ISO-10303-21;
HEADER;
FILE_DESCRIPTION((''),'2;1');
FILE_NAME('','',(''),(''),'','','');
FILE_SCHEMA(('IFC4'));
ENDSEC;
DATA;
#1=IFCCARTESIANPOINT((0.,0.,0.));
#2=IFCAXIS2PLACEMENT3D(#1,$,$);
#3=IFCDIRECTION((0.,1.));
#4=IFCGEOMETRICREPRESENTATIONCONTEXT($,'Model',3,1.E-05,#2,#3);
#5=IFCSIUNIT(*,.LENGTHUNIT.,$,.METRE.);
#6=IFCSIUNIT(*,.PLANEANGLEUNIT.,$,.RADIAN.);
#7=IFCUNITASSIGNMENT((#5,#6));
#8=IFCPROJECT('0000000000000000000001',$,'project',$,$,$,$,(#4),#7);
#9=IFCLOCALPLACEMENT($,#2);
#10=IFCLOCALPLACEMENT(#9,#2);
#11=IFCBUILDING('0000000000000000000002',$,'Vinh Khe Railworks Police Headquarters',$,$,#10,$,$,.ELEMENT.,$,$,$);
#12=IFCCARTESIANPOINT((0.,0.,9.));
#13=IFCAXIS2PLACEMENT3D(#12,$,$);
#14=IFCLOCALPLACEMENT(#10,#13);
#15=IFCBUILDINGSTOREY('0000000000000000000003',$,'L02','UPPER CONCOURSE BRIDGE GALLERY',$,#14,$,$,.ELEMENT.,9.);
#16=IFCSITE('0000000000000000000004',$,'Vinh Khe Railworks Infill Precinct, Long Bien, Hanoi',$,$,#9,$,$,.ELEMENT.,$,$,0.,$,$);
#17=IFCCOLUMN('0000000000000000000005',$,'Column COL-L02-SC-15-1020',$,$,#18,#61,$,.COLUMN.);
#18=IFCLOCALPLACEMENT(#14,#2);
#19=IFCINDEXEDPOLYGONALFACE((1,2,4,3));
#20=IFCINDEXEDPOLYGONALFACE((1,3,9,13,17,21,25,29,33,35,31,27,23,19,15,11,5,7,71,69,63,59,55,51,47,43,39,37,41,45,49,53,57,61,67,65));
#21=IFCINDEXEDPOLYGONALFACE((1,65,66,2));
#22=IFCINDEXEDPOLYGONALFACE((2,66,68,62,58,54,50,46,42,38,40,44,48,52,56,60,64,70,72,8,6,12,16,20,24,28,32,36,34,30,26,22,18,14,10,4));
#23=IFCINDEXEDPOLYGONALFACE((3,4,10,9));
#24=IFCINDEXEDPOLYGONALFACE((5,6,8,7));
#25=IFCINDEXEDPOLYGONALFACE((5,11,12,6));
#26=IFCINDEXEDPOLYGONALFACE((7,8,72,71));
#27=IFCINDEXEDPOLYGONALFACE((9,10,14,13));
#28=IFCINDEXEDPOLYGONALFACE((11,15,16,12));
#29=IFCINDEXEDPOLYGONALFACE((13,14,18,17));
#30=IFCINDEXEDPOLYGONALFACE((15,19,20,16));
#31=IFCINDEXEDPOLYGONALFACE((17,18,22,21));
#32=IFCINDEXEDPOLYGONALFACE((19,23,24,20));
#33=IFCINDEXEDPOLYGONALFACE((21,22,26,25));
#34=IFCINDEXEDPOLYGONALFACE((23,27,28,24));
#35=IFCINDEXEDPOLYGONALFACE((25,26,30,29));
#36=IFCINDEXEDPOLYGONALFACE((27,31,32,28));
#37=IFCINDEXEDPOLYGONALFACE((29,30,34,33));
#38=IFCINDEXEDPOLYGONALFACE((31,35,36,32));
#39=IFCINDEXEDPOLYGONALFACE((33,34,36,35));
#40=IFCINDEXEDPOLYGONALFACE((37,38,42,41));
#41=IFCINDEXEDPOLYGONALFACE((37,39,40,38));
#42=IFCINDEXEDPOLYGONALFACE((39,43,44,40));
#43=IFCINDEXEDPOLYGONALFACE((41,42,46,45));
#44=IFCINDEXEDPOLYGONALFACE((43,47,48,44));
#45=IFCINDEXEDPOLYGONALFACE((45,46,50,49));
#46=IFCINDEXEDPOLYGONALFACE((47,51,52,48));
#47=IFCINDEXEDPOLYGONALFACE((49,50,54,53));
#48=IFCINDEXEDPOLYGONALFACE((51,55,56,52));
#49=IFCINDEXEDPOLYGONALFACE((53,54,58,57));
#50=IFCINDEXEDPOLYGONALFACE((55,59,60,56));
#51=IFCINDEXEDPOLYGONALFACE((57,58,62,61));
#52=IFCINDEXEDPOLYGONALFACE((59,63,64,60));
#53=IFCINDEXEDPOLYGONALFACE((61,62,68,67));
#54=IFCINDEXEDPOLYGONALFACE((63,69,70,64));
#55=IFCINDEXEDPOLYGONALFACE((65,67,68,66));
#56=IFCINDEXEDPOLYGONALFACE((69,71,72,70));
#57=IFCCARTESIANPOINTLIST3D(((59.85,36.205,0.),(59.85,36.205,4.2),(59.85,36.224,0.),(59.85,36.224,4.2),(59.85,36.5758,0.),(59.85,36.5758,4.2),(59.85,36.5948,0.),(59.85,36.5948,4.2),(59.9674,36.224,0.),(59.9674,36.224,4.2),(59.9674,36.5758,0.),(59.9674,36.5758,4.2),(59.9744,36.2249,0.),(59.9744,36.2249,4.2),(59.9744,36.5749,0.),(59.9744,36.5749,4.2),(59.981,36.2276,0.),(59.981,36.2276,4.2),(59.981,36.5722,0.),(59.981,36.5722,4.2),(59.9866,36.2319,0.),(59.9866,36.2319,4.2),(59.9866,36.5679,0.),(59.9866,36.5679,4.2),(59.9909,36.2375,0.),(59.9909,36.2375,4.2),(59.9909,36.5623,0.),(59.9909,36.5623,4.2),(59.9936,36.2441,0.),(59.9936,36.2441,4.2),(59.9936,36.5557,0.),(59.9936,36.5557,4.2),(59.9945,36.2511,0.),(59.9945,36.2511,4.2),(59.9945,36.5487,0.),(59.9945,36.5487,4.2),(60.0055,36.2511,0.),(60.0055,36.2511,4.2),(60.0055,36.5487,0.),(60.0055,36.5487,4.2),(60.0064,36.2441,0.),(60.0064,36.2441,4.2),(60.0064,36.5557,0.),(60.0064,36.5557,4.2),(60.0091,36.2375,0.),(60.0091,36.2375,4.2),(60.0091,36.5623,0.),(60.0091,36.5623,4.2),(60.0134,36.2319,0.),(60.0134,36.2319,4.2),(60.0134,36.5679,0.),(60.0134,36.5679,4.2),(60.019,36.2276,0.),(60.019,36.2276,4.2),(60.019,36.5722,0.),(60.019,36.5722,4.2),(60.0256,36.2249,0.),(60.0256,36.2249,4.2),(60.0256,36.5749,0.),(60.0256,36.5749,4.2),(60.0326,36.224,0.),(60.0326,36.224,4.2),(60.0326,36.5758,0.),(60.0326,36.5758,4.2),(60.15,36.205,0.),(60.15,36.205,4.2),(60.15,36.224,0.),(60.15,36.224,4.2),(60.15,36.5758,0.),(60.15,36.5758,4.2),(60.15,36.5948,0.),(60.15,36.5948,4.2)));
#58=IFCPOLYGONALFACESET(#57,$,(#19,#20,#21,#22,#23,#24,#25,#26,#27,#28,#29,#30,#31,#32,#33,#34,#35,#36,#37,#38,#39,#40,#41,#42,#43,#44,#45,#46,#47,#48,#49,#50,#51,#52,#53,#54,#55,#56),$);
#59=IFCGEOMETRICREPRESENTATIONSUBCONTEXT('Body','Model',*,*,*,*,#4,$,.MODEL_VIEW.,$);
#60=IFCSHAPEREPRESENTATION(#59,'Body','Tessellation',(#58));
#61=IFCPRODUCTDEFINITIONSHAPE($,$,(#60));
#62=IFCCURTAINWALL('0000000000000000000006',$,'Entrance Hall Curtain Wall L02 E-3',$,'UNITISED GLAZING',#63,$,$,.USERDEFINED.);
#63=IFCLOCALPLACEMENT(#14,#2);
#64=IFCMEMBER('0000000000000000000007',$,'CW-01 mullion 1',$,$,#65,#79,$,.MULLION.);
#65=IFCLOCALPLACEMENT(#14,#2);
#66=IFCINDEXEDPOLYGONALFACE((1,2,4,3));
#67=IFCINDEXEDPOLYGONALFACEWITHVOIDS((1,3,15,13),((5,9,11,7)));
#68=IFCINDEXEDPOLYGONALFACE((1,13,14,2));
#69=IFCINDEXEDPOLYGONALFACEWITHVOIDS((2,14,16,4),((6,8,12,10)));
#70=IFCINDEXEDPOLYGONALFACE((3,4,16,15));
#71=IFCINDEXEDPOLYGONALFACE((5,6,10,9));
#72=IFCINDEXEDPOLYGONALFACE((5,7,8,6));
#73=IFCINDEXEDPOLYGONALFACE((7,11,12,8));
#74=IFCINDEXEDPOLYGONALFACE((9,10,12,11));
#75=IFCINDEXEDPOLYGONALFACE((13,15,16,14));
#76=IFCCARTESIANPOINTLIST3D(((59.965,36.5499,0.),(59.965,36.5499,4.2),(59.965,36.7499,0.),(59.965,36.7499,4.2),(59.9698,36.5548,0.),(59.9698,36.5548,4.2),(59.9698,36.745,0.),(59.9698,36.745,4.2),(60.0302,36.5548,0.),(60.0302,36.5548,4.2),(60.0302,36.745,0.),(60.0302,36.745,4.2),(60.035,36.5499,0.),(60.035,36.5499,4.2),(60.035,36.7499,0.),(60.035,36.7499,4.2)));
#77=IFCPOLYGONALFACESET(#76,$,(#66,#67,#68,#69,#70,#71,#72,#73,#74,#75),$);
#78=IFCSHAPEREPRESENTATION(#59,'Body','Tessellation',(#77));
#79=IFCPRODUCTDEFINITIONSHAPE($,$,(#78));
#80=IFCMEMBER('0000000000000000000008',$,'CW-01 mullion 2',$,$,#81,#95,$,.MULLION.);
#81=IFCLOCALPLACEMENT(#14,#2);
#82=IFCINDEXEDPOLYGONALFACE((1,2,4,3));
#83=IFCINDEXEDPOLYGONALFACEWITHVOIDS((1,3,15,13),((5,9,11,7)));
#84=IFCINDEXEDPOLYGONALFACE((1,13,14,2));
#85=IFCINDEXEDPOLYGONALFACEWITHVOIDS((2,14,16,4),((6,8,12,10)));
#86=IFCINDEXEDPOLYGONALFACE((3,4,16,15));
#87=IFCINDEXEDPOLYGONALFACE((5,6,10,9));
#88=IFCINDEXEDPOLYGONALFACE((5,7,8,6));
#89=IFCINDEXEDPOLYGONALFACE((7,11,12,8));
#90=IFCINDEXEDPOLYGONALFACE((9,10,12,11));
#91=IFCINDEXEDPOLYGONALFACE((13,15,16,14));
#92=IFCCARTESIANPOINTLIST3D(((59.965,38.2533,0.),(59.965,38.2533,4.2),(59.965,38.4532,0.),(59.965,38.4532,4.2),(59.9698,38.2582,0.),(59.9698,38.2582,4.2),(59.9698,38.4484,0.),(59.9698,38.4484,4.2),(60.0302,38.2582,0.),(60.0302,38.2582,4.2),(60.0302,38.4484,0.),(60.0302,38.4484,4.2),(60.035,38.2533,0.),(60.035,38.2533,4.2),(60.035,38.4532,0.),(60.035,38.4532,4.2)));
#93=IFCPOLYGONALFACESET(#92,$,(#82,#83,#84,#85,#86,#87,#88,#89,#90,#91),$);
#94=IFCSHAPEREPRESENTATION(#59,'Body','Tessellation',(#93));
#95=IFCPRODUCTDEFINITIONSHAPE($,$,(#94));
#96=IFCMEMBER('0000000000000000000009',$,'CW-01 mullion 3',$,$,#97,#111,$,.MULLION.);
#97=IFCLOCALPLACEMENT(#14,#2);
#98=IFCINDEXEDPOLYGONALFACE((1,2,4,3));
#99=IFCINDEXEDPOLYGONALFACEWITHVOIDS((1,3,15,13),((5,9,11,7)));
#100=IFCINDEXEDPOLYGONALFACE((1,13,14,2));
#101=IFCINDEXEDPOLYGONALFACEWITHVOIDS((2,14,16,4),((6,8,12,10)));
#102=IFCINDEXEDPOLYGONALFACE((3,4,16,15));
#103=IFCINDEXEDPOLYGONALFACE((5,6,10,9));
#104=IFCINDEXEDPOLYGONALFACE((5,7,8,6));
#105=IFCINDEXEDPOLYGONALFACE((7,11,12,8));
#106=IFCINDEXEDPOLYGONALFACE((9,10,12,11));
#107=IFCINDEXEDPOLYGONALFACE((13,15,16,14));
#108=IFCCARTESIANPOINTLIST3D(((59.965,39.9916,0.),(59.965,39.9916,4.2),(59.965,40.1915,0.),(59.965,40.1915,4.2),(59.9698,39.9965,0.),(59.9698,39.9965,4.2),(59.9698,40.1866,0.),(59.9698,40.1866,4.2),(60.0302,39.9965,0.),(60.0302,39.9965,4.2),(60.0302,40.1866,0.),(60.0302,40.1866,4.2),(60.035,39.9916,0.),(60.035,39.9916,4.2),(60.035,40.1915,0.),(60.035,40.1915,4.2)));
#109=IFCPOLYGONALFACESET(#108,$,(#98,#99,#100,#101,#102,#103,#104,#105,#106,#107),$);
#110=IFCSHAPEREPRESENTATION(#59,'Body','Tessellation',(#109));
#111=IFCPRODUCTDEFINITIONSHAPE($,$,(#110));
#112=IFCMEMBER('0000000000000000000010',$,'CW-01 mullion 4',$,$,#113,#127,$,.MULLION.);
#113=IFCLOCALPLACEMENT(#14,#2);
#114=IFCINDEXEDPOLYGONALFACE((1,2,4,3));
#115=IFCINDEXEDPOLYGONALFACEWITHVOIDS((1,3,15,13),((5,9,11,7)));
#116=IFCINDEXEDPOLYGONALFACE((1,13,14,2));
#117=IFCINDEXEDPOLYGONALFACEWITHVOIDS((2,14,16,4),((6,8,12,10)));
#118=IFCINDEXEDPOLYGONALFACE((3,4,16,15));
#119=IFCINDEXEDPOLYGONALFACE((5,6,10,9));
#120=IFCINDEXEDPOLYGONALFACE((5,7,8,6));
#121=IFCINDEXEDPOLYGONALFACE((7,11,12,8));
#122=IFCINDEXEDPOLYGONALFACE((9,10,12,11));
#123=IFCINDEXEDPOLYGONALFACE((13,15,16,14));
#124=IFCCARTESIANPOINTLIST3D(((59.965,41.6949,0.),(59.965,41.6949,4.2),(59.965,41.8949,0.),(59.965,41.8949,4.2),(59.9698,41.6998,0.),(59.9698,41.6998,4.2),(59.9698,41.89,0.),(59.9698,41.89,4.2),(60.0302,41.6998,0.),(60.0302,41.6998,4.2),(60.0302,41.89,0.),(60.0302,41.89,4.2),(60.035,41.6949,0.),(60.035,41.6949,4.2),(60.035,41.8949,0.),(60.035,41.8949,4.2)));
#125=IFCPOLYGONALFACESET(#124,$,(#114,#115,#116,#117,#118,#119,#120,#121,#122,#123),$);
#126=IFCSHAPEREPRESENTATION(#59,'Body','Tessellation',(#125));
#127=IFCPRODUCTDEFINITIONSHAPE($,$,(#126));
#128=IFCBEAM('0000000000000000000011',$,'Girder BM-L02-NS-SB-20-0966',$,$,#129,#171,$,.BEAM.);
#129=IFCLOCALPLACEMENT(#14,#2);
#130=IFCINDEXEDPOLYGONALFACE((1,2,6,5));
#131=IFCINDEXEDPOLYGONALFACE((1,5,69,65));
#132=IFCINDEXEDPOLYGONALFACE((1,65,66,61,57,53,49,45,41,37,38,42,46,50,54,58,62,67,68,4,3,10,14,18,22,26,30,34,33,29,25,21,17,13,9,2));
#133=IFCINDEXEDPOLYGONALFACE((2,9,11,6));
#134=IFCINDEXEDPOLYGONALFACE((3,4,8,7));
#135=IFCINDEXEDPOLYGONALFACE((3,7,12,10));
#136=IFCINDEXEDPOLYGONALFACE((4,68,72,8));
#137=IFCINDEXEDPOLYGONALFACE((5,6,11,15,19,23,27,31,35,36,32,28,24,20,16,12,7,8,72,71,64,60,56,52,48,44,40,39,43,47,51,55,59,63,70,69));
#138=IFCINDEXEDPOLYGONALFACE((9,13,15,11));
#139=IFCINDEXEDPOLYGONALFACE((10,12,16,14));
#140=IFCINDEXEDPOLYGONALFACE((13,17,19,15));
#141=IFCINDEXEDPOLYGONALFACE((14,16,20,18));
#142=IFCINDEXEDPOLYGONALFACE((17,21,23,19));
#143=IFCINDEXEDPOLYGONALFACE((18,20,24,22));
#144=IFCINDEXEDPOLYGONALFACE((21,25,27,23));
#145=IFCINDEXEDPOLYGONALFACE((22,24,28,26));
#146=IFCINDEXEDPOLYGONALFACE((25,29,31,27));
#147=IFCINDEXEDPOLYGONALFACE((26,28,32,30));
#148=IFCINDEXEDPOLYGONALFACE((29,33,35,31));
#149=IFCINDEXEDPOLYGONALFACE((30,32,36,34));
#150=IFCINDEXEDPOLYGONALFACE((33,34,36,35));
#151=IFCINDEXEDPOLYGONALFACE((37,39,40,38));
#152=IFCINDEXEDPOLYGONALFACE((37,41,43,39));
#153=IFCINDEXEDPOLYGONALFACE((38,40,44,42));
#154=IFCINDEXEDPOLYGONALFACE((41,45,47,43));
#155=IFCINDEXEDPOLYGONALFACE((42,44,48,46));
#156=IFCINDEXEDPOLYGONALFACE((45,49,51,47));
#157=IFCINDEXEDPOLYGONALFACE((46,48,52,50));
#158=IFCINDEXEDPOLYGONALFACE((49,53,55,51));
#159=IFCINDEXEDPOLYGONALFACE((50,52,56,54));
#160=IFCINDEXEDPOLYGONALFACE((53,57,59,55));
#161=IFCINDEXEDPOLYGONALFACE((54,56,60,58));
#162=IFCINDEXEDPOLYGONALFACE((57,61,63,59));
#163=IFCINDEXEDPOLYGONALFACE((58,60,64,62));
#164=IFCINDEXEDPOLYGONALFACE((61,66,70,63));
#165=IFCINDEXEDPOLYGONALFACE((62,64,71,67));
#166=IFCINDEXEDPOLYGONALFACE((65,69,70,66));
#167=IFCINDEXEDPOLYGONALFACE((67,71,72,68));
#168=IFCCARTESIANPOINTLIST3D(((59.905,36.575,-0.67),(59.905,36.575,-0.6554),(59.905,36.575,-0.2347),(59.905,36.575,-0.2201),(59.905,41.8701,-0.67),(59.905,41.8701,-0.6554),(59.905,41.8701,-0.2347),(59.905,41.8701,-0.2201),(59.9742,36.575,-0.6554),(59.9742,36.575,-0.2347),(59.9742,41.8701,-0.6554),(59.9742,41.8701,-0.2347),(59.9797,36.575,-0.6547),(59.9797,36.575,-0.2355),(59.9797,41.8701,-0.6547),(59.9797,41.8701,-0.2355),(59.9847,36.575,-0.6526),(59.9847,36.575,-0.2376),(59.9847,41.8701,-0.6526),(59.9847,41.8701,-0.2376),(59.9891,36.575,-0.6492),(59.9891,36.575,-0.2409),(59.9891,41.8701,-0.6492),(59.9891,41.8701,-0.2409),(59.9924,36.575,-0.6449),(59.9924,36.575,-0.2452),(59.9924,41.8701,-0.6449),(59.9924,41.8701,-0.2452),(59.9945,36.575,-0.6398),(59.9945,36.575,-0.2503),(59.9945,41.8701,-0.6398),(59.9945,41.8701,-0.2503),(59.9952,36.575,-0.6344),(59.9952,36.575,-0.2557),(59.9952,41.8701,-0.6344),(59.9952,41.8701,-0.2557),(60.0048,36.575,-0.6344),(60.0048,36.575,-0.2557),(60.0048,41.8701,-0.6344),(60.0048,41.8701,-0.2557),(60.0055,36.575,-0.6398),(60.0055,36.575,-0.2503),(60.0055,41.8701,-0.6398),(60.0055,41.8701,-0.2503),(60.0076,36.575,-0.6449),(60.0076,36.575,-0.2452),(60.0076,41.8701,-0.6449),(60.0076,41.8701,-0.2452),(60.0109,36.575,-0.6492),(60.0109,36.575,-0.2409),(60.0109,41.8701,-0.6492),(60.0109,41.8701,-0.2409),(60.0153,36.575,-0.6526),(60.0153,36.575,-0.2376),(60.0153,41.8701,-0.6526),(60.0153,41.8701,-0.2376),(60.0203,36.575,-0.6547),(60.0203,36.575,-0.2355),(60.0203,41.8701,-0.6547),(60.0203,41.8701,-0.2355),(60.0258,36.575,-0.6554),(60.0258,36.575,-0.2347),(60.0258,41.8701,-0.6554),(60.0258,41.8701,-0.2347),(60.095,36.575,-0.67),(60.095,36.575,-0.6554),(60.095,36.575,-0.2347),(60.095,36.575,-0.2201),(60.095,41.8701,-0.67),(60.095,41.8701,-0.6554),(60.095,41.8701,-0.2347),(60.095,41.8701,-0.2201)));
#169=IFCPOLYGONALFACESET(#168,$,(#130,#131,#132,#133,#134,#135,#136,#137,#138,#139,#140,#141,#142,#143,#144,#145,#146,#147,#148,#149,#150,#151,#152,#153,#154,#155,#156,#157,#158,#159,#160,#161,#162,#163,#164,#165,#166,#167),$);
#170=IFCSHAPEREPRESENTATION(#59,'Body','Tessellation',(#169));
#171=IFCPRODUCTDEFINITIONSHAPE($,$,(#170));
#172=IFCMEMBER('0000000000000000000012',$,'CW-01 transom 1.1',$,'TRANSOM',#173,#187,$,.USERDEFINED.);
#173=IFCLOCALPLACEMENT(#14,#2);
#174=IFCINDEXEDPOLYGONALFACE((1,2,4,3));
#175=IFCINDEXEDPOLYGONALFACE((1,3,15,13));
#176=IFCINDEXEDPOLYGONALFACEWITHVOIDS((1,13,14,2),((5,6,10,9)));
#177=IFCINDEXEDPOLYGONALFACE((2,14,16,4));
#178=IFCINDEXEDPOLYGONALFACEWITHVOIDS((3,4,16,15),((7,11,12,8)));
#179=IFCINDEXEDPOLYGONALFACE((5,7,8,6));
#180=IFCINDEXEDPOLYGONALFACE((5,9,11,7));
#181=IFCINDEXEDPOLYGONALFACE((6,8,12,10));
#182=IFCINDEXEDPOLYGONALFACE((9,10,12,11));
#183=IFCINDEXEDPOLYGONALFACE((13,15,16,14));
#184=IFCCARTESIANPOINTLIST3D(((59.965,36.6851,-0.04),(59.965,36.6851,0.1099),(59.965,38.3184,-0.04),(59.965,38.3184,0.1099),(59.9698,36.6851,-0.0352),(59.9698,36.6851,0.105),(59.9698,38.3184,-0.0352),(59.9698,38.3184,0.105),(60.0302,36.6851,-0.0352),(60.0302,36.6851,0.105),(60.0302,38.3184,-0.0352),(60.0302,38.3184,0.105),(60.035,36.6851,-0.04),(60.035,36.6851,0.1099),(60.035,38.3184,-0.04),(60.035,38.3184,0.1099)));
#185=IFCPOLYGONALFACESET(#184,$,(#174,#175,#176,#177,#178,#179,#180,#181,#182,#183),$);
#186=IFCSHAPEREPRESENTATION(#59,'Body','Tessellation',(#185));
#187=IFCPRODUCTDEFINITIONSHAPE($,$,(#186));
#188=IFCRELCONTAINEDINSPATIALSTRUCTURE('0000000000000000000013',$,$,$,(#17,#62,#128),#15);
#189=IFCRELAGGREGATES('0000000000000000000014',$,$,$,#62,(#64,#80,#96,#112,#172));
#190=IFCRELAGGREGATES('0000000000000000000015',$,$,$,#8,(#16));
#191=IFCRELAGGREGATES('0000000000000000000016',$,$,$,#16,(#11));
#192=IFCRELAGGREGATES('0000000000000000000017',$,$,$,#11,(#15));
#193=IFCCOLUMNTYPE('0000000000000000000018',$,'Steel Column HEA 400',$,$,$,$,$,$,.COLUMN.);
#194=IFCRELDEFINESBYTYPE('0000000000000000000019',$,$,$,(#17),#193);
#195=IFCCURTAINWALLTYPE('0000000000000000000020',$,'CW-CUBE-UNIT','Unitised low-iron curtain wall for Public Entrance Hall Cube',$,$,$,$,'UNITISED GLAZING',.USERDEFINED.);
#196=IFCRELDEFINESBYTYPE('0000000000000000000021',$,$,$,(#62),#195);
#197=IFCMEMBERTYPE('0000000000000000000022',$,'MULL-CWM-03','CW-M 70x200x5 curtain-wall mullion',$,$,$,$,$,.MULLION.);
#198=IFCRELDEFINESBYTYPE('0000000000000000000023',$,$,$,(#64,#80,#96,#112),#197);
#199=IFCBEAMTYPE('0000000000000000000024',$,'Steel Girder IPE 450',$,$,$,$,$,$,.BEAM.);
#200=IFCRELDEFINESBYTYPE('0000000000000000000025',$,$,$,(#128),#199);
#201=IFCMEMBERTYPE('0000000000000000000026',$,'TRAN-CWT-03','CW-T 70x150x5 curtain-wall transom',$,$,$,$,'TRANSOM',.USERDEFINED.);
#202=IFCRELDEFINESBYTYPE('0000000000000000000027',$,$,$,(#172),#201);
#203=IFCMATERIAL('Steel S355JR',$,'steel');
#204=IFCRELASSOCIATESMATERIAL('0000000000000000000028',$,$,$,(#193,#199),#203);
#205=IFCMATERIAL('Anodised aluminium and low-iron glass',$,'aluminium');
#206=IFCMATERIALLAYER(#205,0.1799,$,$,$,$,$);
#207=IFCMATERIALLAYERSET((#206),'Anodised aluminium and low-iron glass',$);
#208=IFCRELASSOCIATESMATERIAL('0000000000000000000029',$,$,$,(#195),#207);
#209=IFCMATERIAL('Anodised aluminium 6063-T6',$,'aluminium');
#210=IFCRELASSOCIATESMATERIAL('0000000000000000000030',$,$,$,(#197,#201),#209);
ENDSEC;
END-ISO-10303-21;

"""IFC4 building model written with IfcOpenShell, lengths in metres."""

from ifc_helpers import new_model, si_unit, direction, frame, origin, origin_2d, place, context, subcontext, project, spatial, hollow_rectangle, i_section, extrude, material, layer, layer_set, material_profile, profile_set, type_object, element, aggregate, save


model = new_model("IFC4")

# Units and contexts
model_context = context("Model", 3, precision=1e-05, world=origin(), true_north=direction((0.0, 1.0)))
body_context = subcontext(model_context, "Body", "Model", "MODEL_VIEW")
ifc_project = project(units=[si_unit("LENGTHUNIT", "METRE"), si_unit("PLANEANGLEUNIT", "RADIAN")], contexts=[model_context])

# Site, building, storey
site_placement = place(None, origin())
site = spatial("IfcSite", under=ifc_project, at=site_placement, Name="Vinh Khe Railworks Infill Precinct, Long Bien, Hanoi", CompositionType="ELEMENT", RefElevation=0.0)
building_placement = place(site_placement, origin())
building = spatial("IfcBuilding", under=site, at=building_placement, Name="Vinh Khe Railworks Police Headquarters", CompositionType="ELEMENT")
storey_placement = place(building_placement, frame((0.0, 0.0, 9.0)))
storey = spatial("IfcBuildingStorey", under=building, at=storey_placement, Name="L02", Description="UPPER CONCOURSE BRIDGE GALLERY", CompositionType="ELEMENT", Elevation=9.0)

# Column
ifc_material_1 = material(Name="Steel S355JR", Category="steel")
ifc_material_profile_1 = material_profile(ifc_material_1, i_section(OverallWidth=0.3, OverallDepth=0.3899, WebThickness=0.011, FlangeThickness=0.019, FilletRadius=0.0271, at=origin_2d()), Name="HEA 400")
ifc_profile_set_1 = profile_set([ifc_material_profile_1], Name="Steel S355JR")
column_type = type_object("IfcColumnType", Name="Steel Column HEA 400", PredefinedType="COLUMN", material=ifc_profile_set_1)
column_placement = place(storey_placement, frame((60.0, 36.3999, 0.0), z_axis=(0.0, 0.0, 1.0), x_axis=(1.0, 0.0, 0.0)))
element("IfcColumn", 1, at=column_placement, inside=storey, type_object=column_type, Name="Column COL-L02-SC-15-1020", PredefinedType="COLUMN", context=body_context, shape_type="SweptSolid", body=[
    extrude(i_section(OverallWidth=0.3, OverallDepth=0.3899, WebThickness=0.011, FlangeThickness=0.019, FilletRadius=0.0271, at=origin_2d()), origin(), (0.0, 0.0, 1.0), 4.2),
])

# Curtain wall, members
ifc_material_2 = material(Name="Anodised aluminium and low-iron glass", Category="aluminium")
ifc_layer_1 = layer(ifc_material_2, 0.1799)
ifc_layer_set_1 = layer_set([ifc_layer_1], Name="Anodised aluminium and low-iron glass")
curtain_wall_type = type_object("IfcCurtainWallType", Name="CW-CUBE-UNIT", Description="Unitised low-iron curtain wall for Public Entrance Hall Cube", ElementType="UNITISED GLAZING", PredefinedType="USERDEFINED", material=ifc_layer_set_1)
curtain_wall_placement = place(storey_placement, origin())
curtain_wall = element("IfcCurtainWall", 2, at=curtain_wall_placement, inside=storey, type_object=curtain_wall_type, Name="Entrance Hall Curtain Wall L02 E-3", ObjectType="UNITISED GLAZING", PredefinedType="USERDEFINED")
ifc_material_3 = material(Name="Anodised aluminium 6063-T6", Category="aluminium")
ifc_material_profile_2 = material_profile(ifc_material_3, hollow_rectangle(XDim=0.0701, YDim=0.2, WallThickness=0.0049, at=origin_2d()), Name="CW-M 70x200x5")
ifc_profile_set_2 = profile_set([ifc_material_profile_2], Name="Anodised aluminium 6063-T6")
member_type_1 = type_object("IfcMemberType", Name="MULL-CWM-03", Description="CW-M 70x200x5 curtain-wall mullion", PredefinedType="MULLION", material=ifc_profile_set_2)
member_1_placement = place(storey_placement, frame((60.0, 36.6499, 0.0), z_axis=(0.0, 0.0, 1.0), x_axis=(-1.0, 0.0, 0.0)))
member_1 = element("IfcMember", 3, at=member_1_placement, type_object=member_type_1, Name="CW-01 mullion 1", PredefinedType="MULLION", context=body_context, shape_type="SweptSolid", body=[
    extrude(hollow_rectangle(XDim=0.0701, YDim=0.2, WallThickness=0.0049, at=origin_2d()), origin(), (0.0, 0.0, 1.0), 4.2),
])
member_2_placement = place(storey_placement, frame((60.0, 38.3533, 0.0), z_axis=(0.0, 0.0, 1.0), x_axis=(-1.0, 0.0, 0.0)))
member_2 = element("IfcMember", 4, at=member_2_placement, type_object=member_type_1, Name="CW-01 mullion 2", PredefinedType="MULLION", context=body_context, shape_type="SweptSolid", body=[
    extrude(hollow_rectangle(XDim=0.0701, YDim=0.2, WallThickness=0.0049, at=origin_2d()), origin(), (0.0, 0.0, 1.0), 4.2),
])
member_3_placement = place(storey_placement, frame((60.0, 40.0916, 0.0), z_axis=(0.0, 0.0, 1.0), x_axis=(-1.0, 0.0, 0.0)))
member_3 = element("IfcMember", 5, at=member_3_placement, type_object=member_type_1, Name="CW-01 mullion 3", PredefinedType="MULLION", context=body_context, shape_type="SweptSolid", body=[
    extrude(hollow_rectangle(XDim=0.0701, YDim=0.2, WallThickness=0.0049, at=origin_2d()), origin(), (0.0, 0.0, 1.0), 4.2),
])
member_4_placement = place(storey_placement, frame((60.0, 41.7949, 0.0), z_axis=(0.0, 0.0, 1.0), x_axis=(-1.0, 0.0, 0.0)))
member_4 = element("IfcMember", 6, at=member_4_placement, type_object=member_type_1, Name="CW-01 mullion 4", PredefinedType="MULLION", context=body_context, shape_type="SweptSolid", body=[
    extrude(hollow_rectangle(XDim=0.0701, YDim=0.2, WallThickness=0.0049, at=origin_2d()), origin(), (0.0, 0.0, 1.0), 4.2),
])

# Beam
ifc_material_profile_3 = material_profile(ifc_material_1, i_section(OverallWidth=0.1899, OverallDepth=0.45, WebThickness=0.0095, FlangeThickness=0.0146, FilletRadius=0.021, at=origin_2d()), Name="IPE 450")
ifc_profile_set_3 = profile_set([ifc_material_profile_3], Name="Steel S355JR")
beam_type = type_object("IfcBeamType", Name="Steel Girder IPE 450", PredefinedType="BEAM", material=ifc_profile_set_3)
beam_placement = place(storey_placement, frame((60.0, 36.575, -0.4451), z_axis=(0.0, 1.0, 0.0), x_axis=(-1.0, 0.0, 0.0)))
element("IfcBeam", 7, at=beam_placement, inside=storey, type_object=beam_type, Name="Girder BM-L02-NS-SB-20-0966", PredefinedType="BEAM", context=body_context, shape_type="SweptSolid", body=[
    extrude(i_section(OverallWidth=0.1899, OverallDepth=0.45, WebThickness=0.0095, FlangeThickness=0.0146, FilletRadius=0.021, at=origin_2d()), origin(), (0.0, 0.0, 1.0), 5.2952),
])

# Member
ifc_material_profile_4 = material_profile(ifc_material_3, hollow_rectangle(XDim=0.0701, YDim=0.1499, WallThickness=0.0049, at=origin_2d()), Name="CW-T 70x150x5")
ifc_profile_set_4 = profile_set([ifc_material_profile_4], Name="Anodised aluminium 6063-T6")
member_type_2 = type_object("IfcMemberType", Name="TRAN-CWT-03", Description="CW-T 70x150x5 curtain-wall transom", ElementType="TRANSOM", PredefinedType="USERDEFINED", material=ifc_profile_set_4)
member_5_placement = place(storey_placement, frame((60.0, 36.6851, 0.0349), z_axis=(0.0, 1.0, 0.0), x_axis=(-1.0, 0.0, 0.0)))
member_5 = element("IfcMember", 8, at=member_5_placement, type_object=member_type_2, Name="CW-01 transom 1.1", ObjectType="TRANSOM", PredefinedType="USERDEFINED", context=body_context, shape_type="SweptSolid", body=[
    extrude(hollow_rectangle(XDim=0.0701, YDim=0.1499, WallThickness=0.0049, at=origin_2d()), origin(), (0.0, 0.0, 1.0), 1.6333),
])

aggregate(curtain_wall, [member_1, member_2, member_3, member_4, member_5])

save(model, "model.ifc")
